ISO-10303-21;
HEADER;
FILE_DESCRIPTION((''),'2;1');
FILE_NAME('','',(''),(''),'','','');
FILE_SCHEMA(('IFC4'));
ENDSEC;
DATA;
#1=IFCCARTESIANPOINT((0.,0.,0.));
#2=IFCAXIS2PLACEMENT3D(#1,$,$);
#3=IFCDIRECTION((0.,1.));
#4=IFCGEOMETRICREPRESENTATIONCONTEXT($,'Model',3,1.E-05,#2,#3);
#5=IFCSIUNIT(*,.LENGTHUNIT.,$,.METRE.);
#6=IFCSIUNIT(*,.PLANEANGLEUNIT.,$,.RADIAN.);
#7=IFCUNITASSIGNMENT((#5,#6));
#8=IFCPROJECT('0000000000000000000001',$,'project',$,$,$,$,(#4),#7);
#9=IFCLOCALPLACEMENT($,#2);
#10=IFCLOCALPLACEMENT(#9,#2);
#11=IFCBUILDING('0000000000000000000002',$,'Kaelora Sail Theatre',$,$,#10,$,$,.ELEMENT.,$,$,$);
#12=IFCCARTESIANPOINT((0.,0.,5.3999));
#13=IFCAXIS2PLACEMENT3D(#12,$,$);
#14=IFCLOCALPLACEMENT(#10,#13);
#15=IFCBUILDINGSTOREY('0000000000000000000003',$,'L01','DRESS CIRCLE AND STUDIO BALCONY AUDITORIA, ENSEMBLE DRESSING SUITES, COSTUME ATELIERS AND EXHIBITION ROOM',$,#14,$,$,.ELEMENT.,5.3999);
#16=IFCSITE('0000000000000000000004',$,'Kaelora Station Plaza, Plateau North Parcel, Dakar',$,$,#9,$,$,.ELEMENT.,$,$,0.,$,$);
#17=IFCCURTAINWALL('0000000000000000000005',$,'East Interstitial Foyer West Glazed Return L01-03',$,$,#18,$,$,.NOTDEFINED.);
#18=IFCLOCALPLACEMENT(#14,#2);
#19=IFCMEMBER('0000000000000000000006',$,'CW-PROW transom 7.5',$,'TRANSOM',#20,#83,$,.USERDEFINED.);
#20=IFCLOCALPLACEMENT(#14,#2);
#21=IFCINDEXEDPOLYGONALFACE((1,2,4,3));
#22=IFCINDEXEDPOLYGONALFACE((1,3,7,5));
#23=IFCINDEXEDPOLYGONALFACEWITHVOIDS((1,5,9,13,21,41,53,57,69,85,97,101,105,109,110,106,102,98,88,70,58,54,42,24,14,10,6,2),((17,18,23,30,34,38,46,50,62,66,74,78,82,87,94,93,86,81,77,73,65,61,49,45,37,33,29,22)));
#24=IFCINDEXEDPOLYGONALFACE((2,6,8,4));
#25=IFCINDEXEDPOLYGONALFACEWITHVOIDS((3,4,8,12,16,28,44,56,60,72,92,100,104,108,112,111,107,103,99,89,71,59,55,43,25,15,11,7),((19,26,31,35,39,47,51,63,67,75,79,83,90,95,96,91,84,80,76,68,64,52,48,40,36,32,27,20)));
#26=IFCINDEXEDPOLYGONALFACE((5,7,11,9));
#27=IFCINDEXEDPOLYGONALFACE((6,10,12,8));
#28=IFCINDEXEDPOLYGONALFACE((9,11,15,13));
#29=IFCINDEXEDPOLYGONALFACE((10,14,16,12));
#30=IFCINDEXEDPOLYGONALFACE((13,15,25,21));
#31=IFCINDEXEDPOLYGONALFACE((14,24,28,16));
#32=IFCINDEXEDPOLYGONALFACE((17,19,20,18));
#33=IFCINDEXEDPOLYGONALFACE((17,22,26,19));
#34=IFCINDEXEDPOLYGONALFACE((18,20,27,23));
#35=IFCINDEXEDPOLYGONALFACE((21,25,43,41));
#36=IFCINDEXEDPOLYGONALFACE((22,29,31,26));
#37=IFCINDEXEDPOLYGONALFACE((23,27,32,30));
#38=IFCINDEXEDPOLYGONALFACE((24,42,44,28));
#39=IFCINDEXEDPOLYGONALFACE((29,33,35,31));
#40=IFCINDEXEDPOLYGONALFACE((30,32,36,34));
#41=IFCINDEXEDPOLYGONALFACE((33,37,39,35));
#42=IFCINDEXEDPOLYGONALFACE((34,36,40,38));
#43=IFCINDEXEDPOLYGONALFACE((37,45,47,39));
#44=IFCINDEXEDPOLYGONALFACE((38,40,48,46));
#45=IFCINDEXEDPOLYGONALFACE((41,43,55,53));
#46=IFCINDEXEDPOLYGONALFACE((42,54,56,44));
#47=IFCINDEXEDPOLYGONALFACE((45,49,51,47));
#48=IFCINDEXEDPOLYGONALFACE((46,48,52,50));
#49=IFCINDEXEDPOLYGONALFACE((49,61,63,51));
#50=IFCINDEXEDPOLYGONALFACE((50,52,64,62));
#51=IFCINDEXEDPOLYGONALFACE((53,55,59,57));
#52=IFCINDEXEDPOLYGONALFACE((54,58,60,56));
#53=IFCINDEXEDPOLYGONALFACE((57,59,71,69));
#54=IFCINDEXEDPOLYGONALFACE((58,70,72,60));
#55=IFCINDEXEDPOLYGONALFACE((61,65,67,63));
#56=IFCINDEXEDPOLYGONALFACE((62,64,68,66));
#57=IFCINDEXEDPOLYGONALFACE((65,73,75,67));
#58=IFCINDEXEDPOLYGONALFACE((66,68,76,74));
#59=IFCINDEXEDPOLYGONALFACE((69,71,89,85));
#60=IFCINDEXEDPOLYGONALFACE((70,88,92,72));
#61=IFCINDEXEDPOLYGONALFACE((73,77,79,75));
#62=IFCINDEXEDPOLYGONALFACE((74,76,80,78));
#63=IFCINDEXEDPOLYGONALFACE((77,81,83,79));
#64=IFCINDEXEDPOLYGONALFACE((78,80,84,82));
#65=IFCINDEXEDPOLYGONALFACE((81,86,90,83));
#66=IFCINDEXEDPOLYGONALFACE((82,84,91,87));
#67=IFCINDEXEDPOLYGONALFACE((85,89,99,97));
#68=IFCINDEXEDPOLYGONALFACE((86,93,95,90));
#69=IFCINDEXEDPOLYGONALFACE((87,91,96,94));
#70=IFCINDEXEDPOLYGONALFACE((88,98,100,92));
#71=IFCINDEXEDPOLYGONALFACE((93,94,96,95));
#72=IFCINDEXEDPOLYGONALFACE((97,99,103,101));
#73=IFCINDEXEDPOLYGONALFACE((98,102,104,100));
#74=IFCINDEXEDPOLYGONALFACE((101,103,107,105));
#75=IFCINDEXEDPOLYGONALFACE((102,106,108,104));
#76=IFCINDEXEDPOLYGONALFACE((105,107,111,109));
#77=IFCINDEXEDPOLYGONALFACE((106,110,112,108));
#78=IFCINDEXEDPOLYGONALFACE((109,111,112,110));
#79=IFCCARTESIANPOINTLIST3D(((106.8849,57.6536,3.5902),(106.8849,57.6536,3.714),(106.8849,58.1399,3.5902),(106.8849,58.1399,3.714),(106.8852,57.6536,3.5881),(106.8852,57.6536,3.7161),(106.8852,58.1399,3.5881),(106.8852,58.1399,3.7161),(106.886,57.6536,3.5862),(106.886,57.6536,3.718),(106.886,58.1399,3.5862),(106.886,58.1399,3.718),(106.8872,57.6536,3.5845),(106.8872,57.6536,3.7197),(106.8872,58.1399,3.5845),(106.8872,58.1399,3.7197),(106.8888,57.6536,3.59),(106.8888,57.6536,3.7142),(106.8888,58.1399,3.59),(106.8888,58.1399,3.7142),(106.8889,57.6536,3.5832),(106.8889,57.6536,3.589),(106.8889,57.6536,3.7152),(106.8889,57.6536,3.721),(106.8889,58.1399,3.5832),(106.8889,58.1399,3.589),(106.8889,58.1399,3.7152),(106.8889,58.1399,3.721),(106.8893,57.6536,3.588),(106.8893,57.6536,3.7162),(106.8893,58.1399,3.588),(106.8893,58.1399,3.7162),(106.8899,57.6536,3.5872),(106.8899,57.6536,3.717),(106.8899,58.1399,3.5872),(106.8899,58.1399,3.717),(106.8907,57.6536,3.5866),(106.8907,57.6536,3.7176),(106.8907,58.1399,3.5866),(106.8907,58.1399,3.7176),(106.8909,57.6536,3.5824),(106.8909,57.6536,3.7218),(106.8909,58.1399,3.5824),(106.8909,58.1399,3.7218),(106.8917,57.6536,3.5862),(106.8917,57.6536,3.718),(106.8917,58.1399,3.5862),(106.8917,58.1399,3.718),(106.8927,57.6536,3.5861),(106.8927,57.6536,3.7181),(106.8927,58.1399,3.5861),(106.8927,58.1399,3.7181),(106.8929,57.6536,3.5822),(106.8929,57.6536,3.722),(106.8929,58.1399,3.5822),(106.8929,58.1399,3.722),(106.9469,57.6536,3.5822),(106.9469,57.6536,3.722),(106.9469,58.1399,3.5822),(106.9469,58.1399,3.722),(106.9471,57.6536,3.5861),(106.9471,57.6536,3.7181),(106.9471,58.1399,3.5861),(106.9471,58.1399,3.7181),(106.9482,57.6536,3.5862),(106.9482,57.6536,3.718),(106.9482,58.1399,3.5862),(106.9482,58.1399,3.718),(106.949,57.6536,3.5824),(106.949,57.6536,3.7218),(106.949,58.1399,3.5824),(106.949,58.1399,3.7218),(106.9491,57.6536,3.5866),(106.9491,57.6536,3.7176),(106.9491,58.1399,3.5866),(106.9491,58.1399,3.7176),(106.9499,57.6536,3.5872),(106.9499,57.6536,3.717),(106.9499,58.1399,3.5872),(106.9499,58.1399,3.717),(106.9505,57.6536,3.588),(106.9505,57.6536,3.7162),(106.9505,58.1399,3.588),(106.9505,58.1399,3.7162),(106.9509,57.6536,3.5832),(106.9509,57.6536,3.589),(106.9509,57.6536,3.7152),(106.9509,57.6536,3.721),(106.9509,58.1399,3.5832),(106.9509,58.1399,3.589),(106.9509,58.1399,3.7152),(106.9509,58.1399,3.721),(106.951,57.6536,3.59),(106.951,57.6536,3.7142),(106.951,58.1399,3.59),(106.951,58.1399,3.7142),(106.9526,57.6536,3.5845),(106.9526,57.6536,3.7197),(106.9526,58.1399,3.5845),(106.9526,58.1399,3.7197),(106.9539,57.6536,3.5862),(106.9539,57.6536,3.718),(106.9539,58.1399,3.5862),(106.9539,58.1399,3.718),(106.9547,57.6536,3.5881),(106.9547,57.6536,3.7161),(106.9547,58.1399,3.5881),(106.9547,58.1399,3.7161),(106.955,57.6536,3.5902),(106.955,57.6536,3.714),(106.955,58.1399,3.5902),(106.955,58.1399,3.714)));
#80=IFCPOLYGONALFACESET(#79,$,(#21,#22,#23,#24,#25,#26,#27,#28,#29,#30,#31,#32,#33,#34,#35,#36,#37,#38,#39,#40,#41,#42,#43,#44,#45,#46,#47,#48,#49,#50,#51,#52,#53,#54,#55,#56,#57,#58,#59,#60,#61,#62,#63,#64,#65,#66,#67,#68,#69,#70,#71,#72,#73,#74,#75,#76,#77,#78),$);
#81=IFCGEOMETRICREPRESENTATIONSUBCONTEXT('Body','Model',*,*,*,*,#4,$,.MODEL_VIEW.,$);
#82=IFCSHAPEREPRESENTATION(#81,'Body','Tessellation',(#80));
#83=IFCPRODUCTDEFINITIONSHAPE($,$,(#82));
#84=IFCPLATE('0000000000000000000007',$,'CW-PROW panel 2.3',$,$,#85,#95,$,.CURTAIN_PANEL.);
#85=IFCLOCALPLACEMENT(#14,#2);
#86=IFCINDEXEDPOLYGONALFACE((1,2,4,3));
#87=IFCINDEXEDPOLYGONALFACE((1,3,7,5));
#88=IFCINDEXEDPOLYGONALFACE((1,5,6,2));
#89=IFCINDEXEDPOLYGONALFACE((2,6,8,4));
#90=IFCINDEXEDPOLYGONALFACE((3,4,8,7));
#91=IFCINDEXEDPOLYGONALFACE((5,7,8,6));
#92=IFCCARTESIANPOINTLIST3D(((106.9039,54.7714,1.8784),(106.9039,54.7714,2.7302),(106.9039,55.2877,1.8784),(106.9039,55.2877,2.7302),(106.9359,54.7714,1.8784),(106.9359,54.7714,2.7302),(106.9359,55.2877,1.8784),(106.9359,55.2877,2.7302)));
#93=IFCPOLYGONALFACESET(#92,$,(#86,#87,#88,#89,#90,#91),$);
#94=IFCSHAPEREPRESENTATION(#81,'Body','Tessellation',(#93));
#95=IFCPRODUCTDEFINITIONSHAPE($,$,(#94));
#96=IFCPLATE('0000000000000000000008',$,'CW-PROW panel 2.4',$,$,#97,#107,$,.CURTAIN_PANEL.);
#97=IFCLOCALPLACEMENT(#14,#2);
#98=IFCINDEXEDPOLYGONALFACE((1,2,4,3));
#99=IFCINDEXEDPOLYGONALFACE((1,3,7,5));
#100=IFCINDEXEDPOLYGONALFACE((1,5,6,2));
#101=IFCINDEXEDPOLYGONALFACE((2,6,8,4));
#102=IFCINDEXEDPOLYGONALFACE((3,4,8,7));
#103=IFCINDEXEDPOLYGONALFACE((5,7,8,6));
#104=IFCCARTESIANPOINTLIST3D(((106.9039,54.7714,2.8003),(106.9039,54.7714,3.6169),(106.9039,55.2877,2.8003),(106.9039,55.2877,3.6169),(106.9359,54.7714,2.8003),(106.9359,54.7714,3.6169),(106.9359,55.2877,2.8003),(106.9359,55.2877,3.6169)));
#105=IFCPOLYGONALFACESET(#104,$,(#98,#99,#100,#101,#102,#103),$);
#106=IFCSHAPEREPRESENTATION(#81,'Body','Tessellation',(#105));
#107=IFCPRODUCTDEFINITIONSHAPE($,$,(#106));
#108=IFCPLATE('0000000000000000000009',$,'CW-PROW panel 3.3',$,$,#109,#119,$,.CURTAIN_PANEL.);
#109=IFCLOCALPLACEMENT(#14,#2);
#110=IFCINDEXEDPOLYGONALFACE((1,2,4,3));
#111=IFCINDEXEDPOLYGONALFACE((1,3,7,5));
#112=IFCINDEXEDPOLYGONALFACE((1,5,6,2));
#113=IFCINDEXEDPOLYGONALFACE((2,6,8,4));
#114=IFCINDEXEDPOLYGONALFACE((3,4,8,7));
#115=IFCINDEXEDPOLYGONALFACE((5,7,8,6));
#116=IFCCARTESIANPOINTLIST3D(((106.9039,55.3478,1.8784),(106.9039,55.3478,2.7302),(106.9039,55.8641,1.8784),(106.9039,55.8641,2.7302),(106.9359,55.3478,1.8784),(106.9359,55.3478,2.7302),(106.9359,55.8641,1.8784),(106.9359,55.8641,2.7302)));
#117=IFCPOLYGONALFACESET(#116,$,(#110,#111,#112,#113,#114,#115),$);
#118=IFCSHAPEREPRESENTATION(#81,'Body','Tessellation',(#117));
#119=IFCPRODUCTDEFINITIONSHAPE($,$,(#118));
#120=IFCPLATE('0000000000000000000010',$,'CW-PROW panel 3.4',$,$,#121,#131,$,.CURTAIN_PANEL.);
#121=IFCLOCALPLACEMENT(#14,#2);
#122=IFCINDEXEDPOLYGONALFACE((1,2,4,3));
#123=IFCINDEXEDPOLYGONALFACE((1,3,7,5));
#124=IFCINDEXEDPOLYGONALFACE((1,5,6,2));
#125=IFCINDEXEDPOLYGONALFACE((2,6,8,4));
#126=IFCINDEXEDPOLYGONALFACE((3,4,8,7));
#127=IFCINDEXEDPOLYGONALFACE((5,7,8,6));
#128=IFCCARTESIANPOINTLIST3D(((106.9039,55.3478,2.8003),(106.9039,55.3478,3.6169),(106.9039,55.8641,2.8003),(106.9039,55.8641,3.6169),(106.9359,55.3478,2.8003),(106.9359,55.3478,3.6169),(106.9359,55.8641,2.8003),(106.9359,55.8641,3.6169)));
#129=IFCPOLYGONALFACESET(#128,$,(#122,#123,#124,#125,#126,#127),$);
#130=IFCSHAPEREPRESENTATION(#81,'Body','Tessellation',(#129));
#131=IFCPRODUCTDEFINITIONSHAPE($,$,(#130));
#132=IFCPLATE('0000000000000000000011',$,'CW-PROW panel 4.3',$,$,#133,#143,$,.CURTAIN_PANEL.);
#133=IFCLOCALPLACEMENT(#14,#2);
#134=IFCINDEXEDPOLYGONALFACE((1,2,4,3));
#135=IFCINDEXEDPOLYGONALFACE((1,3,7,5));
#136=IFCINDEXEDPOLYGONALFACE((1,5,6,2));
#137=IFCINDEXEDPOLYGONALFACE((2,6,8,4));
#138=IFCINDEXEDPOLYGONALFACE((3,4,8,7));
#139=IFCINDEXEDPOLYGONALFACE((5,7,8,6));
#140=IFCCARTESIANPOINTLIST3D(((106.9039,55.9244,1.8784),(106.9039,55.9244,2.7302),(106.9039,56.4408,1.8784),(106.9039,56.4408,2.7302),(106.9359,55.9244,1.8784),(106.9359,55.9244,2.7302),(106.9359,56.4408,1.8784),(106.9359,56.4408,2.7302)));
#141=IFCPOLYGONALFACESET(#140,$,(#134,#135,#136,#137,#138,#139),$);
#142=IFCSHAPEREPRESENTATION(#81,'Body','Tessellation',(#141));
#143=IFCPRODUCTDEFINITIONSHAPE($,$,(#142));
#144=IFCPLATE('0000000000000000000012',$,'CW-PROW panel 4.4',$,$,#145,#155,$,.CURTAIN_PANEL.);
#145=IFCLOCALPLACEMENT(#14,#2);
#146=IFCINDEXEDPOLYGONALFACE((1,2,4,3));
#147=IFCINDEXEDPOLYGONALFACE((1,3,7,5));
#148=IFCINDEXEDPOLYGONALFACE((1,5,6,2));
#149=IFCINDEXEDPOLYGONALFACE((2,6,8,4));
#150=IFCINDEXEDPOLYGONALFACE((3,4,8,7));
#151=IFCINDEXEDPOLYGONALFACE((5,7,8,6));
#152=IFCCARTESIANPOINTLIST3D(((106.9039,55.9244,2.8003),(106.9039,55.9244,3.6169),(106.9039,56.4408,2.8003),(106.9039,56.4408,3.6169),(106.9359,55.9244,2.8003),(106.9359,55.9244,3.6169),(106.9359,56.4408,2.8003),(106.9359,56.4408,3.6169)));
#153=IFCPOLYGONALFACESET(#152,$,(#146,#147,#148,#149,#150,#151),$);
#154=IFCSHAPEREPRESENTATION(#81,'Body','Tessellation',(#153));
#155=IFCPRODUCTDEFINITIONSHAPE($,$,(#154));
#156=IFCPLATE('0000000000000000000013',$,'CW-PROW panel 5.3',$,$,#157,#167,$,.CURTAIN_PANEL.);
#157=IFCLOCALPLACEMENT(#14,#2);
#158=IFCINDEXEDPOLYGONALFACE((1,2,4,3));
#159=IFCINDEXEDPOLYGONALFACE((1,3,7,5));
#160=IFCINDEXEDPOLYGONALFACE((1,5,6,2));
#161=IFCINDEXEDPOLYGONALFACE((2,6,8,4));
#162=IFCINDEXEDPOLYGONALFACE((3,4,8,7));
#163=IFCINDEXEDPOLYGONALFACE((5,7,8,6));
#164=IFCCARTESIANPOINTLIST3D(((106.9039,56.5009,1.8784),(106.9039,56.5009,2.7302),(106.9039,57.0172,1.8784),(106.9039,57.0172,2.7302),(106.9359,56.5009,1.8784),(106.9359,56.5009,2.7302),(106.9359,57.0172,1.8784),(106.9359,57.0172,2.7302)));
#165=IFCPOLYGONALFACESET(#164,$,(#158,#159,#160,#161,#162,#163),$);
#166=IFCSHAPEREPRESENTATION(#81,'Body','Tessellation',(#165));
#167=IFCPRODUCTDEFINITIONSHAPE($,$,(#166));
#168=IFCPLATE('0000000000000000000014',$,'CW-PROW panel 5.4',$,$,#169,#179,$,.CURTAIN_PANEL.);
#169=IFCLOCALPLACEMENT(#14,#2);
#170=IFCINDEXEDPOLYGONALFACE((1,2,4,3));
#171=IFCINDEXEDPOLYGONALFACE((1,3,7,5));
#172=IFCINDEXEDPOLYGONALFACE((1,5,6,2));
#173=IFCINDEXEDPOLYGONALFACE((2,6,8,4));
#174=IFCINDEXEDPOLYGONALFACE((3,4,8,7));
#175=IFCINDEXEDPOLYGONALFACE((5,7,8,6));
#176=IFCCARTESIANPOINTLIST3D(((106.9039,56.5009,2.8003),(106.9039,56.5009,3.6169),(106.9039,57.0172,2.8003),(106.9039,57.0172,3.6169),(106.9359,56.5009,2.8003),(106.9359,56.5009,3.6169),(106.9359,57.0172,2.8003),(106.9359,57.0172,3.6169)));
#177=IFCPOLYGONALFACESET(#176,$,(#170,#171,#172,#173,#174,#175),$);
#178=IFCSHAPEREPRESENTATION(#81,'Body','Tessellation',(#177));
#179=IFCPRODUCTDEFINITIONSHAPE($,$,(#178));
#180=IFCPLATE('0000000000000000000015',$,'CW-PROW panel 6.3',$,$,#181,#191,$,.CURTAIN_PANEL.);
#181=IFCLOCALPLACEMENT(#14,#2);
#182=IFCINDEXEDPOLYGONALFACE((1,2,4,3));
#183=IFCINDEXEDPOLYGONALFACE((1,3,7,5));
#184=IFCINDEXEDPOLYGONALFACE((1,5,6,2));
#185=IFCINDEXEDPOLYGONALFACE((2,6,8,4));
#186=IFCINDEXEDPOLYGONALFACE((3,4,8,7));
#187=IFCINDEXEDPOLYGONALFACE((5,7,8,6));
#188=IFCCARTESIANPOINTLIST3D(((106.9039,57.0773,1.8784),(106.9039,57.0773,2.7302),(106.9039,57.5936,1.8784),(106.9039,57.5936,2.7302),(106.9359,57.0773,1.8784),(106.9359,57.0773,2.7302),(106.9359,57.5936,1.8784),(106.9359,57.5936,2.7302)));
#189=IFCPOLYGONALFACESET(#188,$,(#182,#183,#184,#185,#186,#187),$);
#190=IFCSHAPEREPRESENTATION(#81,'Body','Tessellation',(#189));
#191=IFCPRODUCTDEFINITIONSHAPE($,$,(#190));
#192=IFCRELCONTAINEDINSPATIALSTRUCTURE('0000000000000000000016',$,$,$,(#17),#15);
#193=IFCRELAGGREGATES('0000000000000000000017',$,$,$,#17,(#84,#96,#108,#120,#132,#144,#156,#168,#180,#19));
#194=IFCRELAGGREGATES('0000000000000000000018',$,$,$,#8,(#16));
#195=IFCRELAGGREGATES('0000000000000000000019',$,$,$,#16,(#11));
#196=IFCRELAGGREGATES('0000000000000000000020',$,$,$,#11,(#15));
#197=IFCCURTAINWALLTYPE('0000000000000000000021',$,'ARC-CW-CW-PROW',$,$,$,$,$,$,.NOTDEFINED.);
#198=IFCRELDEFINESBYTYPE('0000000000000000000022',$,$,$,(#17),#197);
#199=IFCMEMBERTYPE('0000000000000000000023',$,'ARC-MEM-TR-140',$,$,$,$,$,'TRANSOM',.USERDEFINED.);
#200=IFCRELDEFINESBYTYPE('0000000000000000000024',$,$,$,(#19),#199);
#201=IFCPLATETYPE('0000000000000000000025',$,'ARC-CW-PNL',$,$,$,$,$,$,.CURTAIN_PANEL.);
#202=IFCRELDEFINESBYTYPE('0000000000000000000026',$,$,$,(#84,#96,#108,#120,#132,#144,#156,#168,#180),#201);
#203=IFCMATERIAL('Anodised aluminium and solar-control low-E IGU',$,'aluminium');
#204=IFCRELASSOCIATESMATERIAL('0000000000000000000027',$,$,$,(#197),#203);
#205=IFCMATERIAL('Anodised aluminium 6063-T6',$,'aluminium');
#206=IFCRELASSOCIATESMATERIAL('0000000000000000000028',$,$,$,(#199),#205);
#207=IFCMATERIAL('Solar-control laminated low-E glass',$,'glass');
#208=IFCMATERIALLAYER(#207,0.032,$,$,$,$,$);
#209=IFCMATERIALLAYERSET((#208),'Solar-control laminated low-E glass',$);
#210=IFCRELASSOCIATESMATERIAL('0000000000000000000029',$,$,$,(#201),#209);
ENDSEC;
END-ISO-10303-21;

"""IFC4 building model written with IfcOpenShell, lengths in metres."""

from ifc_helpers import new_model, si_unit, direction, frame, origin, origin_2d, place, context, subcontext, project, spatial, rectangle, hollow_rectangle, extrude, material, layer, layer_set, material_profile, profile_set, type_object, element, aggregate, save


model = new_model("IFC4")

# Units and contexts
model_context = context("Model", 3, precision=1e-05, world=origin(), true_north=direction((0.0, 1.0)))
body_context = subcontext(model_context, "Body", "Model", "MODEL_VIEW")
ifc_project = project(units=[si_unit("LENGTHUNIT", "METRE"), si_unit("PLANEANGLEUNIT", "RADIAN")], contexts=[model_context])

# Site, building, storey
site_placement = place(None, origin())
site = spatial("IfcSite", under=ifc_project, at=site_placement, Name="Kaelora Station Plaza, Plateau North Parcel, Dakar", CompositionType="ELEMENT", RefElevation=0.0)
building_placement = place(site_placement, origin())
building = spatial("IfcBuilding", under=site, at=building_placement, Name="Kaelora Sail Theatre", CompositionType="ELEMENT")
storey_placement = place(building_placement, frame((0.0, 0.0, 5.3999)))
storey = spatial("IfcBuildingStorey", under=building, at=storey_placement, Name="L01", Description="DRESS CIRCLE AND STUDIO BALCONY AUDITORIA, ENSEMBLE DRESSING SUITES, COSTUME ATELIERS AND EXHIBITION ROOM", CompositionType="ELEMENT", Elevation=5.3999)

# Curtain wall, member, plates
ifc_material_1 = material(Name="Anodised aluminium and solar-control low-E IGU", Category="aluminium")
curtain_wall_type = type_object("IfcCurtainWallType", Name="ARC-CW-CW-PROW", PredefinedType="NOTDEFINED", material=ifc_material_1)
curtain_wall_placement = place(storey_placement, origin())
curtain_wall = element("IfcCurtainWall", 1, at=curtain_wall_placement, inside=storey, type_object=curtain_wall_type, Name="East Interstitial Foyer West Glazed Return L01-03", PredefinedType="NOTDEFINED")
ifc_material_2 = material(Name="Anodised aluminium 6063-T6", Category="aluminium")
ifc_material_profile = material_profile(ifc_material_2, hollow_rectangle(XDim=0.0701, YDim=0.1399, WallThickness=0.0039, InnerFilletRadius=0.0039, OuterFilletRadius=0.0081, at=origin_2d()), Name="ALU-TRAN 70x140x4")
ifc_profile_set = profile_set([ifc_material_profile], Name="Anodised aluminium 6063-T6")
member_type = type_object("IfcMemberType", Name="ARC-MEM-TR-140", ElementType="TRANSOM", PredefinedType="USERDEFINED", material=ifc_profile_set)
member_1_placement = place(storey_placement, frame((106.9199, 57.6536, 3.6521), z_axis=(0.0, 1.0, 0.0), x_axis=(-1.0, 0.0, 0.0)))
member_1 = element("IfcMember", 2, at=member_1_placement, type_object=member_type, Name="CW-PROW transom 7.5", ObjectType="TRANSOM", PredefinedType="USERDEFINED", context=body_context, shape_type="SweptSolid", body=[
    extrude(hollow_rectangle(XDim=0.0701, YDim=0.1399, WallThickness=0.0039, InnerFilletRadius=0.0039, OuterFilletRadius=0.0081, at=origin_2d()), origin(), (0.0, 0.0, 1.0), 0.4863),
])
ifc_material_3 = material(Name="Solar-control laminated low-E glass", Category="glass")
ifc_layer = layer(ifc_material_3, 0.032)
ifc_layer_set = layer_set([ifc_layer], Name="Solar-control laminated low-E glass")
plate_type = type_object("IfcPlateType", Name="ARC-CW-PNL", PredefinedType="CURTAIN_PANEL", material=ifc_layer_set)
plate_1_placement = place(storey_placement, frame((106.9199, 55.0295, 1.8784), z_axis=(0.0, 0.0, 1.0), x_axis=(0.0, 1.0, 0.0)))
plate_1 = element("IfcPlate", 3, at=plate_1_placement, type_object=plate_type, Name="CW-PROW panel 2.3", PredefinedType="CURTAIN_PANEL", context=body_context, shape_type="SweptSolid", body=[
    extrude(rectangle(XDim=0.5164, YDim=0.032, at=origin_2d()), origin(), (0.0, 0.0, 1.0), 0.8518),
])
plate_2_placement = place(storey_placement, frame((106.9199, 55.0295, 2.8003), z_axis=(0.0, 0.0, 1.0), x_axis=(0.0, 1.0, 0.0)))
plate_2 = element("IfcPlate", 4, at=plate_2_placement, type_object=plate_type, Name="CW-PROW panel 2.4", PredefinedType="CURTAIN_PANEL", context=body_context, shape_type="SweptSolid", body=[
    extrude(rectangle(XDim=0.5164, YDim=0.032, at=origin_2d()), origin(), (0.0, 0.0, 1.0), 0.8167),
])
plate_3_placement = place(storey_placement, frame((106.9199, 55.606, 1.8784), z_axis=(0.0, 0.0, 1.0), x_axis=(0.0, 1.0, 0.0)))
plate_3 = element("IfcPlate", 5, at=plate_3_placement, type_object=plate_type, Name="CW-PROW panel 3.3", PredefinedType="CURTAIN_PANEL", context=body_context, shape_type="SweptSolid", body=[
    extrude(rectangle(XDim=0.5164, YDim=0.032, at=origin_2d()), origin(), (0.0, 0.0, 1.0), 0.8518),
])
plate_4_placement = place(storey_placement, frame((106.9199, 55.606, 2.8003), z_axis=(0.0, 0.0, 1.0), x_axis=(0.0, 1.0, 0.0)))
plate_4 = element("IfcPlate", 6, at=plate_4_placement, type_object=plate_type, Name="CW-PROW panel 3.4", PredefinedType="CURTAIN_PANEL", context=body_context, shape_type="SweptSolid", body=[
    extrude(rectangle(XDim=0.5164, YDim=0.032, at=origin_2d()), origin(), (0.0, 0.0, 1.0), 0.8167),
])
plate_5_placement = place(storey_placement, frame((106.9199, 56.1826, 1.8784), z_axis=(0.0, 0.0, 1.0), x_axis=(0.0, 1.0, 0.0)))
plate_5 = element("IfcPlate", 7, at=plate_5_placement, type_object=plate_type, Name="CW-PROW panel 4.3", PredefinedType="CURTAIN_PANEL", context=body_context, shape_type="SweptSolid", body=[
    extrude(rectangle(XDim=0.5164, YDim=0.032, at=origin_2d()), origin(), (0.0, 0.0, 1.0), 0.8518),
])
plate_6_placement = place(storey_placement, frame((106.9199, 56.1826, 2.8003), z_axis=(0.0, 0.0, 1.0), x_axis=(0.0, 1.0, 0.0)))
plate_6 = element("IfcPlate", 8, at=plate_6_placement, type_object=plate_type, Name="CW-PROW panel 4.4", PredefinedType="CURTAIN_PANEL", context=body_context, shape_type="SweptSolid", body=[
    extrude(rectangle(XDim=0.5164, YDim=0.032, at=origin_2d()), origin(), (0.0, 0.0, 1.0), 0.8167),
])
plate_7_placement = place(storey_placement, frame((106.9199, 56.759, 1.8784), z_axis=(0.0, 0.0, 1.0), x_axis=(0.0, 1.0, 0.0)))
plate_7 = element("IfcPlate", 9, at=plate_7_placement, type_object=plate_type, Name="CW-PROW panel 5.3", PredefinedType="CURTAIN_PANEL", context=body_context, shape_type="SweptSolid", body=[
    extrude(rectangle(XDim=0.5164, YDim=0.032, at=origin_2d()), origin(), (0.0, 0.0, 1.0), 0.8518),
])
plate_8_placement = place(storey_placement, frame((106.9199, 56.759, 2.8003), z_axis=(0.0, 0.0, 1.0), x_axis=(0.0, 1.0, 0.0)))
plate_8 = element("IfcPlate", 10, at=plate_8_placement, type_object=plate_type, Name="CW-PROW panel 5.4", PredefinedType="CURTAIN_PANEL", context=body_context, shape_type="SweptSolid", body=[
    extrude(rectangle(XDim=0.5164, YDim=0.032, at=origin_2d()), origin(), (0.0, 0.0, 1.0), 0.8167),
])
plate_9_placement = place(storey_placement, frame((106.9199, 57.3354, 1.8784), z_axis=(0.0, 0.0, 1.0), x_axis=(0.0, 1.0, 0.0)))
plate_9 = element("IfcPlate", 11, at=plate_9_placement, type_object=plate_type, Name="CW-PROW panel 6.3", PredefinedType="CURTAIN_PANEL", context=body_context, shape_type="SweptSolid", body=[
    extrude(rectangle(XDim=0.5164, YDim=0.032, at=origin_2d()), origin(), (0.0, 0.0, 1.0), 0.8518),
])
aggregate(curtain_wall, [plate_1, plate_2, plate_3, plate_4, plate_5, plate_6, plate_7, plate_8, plate_9, member_1])

save(model, "model.ifc")
